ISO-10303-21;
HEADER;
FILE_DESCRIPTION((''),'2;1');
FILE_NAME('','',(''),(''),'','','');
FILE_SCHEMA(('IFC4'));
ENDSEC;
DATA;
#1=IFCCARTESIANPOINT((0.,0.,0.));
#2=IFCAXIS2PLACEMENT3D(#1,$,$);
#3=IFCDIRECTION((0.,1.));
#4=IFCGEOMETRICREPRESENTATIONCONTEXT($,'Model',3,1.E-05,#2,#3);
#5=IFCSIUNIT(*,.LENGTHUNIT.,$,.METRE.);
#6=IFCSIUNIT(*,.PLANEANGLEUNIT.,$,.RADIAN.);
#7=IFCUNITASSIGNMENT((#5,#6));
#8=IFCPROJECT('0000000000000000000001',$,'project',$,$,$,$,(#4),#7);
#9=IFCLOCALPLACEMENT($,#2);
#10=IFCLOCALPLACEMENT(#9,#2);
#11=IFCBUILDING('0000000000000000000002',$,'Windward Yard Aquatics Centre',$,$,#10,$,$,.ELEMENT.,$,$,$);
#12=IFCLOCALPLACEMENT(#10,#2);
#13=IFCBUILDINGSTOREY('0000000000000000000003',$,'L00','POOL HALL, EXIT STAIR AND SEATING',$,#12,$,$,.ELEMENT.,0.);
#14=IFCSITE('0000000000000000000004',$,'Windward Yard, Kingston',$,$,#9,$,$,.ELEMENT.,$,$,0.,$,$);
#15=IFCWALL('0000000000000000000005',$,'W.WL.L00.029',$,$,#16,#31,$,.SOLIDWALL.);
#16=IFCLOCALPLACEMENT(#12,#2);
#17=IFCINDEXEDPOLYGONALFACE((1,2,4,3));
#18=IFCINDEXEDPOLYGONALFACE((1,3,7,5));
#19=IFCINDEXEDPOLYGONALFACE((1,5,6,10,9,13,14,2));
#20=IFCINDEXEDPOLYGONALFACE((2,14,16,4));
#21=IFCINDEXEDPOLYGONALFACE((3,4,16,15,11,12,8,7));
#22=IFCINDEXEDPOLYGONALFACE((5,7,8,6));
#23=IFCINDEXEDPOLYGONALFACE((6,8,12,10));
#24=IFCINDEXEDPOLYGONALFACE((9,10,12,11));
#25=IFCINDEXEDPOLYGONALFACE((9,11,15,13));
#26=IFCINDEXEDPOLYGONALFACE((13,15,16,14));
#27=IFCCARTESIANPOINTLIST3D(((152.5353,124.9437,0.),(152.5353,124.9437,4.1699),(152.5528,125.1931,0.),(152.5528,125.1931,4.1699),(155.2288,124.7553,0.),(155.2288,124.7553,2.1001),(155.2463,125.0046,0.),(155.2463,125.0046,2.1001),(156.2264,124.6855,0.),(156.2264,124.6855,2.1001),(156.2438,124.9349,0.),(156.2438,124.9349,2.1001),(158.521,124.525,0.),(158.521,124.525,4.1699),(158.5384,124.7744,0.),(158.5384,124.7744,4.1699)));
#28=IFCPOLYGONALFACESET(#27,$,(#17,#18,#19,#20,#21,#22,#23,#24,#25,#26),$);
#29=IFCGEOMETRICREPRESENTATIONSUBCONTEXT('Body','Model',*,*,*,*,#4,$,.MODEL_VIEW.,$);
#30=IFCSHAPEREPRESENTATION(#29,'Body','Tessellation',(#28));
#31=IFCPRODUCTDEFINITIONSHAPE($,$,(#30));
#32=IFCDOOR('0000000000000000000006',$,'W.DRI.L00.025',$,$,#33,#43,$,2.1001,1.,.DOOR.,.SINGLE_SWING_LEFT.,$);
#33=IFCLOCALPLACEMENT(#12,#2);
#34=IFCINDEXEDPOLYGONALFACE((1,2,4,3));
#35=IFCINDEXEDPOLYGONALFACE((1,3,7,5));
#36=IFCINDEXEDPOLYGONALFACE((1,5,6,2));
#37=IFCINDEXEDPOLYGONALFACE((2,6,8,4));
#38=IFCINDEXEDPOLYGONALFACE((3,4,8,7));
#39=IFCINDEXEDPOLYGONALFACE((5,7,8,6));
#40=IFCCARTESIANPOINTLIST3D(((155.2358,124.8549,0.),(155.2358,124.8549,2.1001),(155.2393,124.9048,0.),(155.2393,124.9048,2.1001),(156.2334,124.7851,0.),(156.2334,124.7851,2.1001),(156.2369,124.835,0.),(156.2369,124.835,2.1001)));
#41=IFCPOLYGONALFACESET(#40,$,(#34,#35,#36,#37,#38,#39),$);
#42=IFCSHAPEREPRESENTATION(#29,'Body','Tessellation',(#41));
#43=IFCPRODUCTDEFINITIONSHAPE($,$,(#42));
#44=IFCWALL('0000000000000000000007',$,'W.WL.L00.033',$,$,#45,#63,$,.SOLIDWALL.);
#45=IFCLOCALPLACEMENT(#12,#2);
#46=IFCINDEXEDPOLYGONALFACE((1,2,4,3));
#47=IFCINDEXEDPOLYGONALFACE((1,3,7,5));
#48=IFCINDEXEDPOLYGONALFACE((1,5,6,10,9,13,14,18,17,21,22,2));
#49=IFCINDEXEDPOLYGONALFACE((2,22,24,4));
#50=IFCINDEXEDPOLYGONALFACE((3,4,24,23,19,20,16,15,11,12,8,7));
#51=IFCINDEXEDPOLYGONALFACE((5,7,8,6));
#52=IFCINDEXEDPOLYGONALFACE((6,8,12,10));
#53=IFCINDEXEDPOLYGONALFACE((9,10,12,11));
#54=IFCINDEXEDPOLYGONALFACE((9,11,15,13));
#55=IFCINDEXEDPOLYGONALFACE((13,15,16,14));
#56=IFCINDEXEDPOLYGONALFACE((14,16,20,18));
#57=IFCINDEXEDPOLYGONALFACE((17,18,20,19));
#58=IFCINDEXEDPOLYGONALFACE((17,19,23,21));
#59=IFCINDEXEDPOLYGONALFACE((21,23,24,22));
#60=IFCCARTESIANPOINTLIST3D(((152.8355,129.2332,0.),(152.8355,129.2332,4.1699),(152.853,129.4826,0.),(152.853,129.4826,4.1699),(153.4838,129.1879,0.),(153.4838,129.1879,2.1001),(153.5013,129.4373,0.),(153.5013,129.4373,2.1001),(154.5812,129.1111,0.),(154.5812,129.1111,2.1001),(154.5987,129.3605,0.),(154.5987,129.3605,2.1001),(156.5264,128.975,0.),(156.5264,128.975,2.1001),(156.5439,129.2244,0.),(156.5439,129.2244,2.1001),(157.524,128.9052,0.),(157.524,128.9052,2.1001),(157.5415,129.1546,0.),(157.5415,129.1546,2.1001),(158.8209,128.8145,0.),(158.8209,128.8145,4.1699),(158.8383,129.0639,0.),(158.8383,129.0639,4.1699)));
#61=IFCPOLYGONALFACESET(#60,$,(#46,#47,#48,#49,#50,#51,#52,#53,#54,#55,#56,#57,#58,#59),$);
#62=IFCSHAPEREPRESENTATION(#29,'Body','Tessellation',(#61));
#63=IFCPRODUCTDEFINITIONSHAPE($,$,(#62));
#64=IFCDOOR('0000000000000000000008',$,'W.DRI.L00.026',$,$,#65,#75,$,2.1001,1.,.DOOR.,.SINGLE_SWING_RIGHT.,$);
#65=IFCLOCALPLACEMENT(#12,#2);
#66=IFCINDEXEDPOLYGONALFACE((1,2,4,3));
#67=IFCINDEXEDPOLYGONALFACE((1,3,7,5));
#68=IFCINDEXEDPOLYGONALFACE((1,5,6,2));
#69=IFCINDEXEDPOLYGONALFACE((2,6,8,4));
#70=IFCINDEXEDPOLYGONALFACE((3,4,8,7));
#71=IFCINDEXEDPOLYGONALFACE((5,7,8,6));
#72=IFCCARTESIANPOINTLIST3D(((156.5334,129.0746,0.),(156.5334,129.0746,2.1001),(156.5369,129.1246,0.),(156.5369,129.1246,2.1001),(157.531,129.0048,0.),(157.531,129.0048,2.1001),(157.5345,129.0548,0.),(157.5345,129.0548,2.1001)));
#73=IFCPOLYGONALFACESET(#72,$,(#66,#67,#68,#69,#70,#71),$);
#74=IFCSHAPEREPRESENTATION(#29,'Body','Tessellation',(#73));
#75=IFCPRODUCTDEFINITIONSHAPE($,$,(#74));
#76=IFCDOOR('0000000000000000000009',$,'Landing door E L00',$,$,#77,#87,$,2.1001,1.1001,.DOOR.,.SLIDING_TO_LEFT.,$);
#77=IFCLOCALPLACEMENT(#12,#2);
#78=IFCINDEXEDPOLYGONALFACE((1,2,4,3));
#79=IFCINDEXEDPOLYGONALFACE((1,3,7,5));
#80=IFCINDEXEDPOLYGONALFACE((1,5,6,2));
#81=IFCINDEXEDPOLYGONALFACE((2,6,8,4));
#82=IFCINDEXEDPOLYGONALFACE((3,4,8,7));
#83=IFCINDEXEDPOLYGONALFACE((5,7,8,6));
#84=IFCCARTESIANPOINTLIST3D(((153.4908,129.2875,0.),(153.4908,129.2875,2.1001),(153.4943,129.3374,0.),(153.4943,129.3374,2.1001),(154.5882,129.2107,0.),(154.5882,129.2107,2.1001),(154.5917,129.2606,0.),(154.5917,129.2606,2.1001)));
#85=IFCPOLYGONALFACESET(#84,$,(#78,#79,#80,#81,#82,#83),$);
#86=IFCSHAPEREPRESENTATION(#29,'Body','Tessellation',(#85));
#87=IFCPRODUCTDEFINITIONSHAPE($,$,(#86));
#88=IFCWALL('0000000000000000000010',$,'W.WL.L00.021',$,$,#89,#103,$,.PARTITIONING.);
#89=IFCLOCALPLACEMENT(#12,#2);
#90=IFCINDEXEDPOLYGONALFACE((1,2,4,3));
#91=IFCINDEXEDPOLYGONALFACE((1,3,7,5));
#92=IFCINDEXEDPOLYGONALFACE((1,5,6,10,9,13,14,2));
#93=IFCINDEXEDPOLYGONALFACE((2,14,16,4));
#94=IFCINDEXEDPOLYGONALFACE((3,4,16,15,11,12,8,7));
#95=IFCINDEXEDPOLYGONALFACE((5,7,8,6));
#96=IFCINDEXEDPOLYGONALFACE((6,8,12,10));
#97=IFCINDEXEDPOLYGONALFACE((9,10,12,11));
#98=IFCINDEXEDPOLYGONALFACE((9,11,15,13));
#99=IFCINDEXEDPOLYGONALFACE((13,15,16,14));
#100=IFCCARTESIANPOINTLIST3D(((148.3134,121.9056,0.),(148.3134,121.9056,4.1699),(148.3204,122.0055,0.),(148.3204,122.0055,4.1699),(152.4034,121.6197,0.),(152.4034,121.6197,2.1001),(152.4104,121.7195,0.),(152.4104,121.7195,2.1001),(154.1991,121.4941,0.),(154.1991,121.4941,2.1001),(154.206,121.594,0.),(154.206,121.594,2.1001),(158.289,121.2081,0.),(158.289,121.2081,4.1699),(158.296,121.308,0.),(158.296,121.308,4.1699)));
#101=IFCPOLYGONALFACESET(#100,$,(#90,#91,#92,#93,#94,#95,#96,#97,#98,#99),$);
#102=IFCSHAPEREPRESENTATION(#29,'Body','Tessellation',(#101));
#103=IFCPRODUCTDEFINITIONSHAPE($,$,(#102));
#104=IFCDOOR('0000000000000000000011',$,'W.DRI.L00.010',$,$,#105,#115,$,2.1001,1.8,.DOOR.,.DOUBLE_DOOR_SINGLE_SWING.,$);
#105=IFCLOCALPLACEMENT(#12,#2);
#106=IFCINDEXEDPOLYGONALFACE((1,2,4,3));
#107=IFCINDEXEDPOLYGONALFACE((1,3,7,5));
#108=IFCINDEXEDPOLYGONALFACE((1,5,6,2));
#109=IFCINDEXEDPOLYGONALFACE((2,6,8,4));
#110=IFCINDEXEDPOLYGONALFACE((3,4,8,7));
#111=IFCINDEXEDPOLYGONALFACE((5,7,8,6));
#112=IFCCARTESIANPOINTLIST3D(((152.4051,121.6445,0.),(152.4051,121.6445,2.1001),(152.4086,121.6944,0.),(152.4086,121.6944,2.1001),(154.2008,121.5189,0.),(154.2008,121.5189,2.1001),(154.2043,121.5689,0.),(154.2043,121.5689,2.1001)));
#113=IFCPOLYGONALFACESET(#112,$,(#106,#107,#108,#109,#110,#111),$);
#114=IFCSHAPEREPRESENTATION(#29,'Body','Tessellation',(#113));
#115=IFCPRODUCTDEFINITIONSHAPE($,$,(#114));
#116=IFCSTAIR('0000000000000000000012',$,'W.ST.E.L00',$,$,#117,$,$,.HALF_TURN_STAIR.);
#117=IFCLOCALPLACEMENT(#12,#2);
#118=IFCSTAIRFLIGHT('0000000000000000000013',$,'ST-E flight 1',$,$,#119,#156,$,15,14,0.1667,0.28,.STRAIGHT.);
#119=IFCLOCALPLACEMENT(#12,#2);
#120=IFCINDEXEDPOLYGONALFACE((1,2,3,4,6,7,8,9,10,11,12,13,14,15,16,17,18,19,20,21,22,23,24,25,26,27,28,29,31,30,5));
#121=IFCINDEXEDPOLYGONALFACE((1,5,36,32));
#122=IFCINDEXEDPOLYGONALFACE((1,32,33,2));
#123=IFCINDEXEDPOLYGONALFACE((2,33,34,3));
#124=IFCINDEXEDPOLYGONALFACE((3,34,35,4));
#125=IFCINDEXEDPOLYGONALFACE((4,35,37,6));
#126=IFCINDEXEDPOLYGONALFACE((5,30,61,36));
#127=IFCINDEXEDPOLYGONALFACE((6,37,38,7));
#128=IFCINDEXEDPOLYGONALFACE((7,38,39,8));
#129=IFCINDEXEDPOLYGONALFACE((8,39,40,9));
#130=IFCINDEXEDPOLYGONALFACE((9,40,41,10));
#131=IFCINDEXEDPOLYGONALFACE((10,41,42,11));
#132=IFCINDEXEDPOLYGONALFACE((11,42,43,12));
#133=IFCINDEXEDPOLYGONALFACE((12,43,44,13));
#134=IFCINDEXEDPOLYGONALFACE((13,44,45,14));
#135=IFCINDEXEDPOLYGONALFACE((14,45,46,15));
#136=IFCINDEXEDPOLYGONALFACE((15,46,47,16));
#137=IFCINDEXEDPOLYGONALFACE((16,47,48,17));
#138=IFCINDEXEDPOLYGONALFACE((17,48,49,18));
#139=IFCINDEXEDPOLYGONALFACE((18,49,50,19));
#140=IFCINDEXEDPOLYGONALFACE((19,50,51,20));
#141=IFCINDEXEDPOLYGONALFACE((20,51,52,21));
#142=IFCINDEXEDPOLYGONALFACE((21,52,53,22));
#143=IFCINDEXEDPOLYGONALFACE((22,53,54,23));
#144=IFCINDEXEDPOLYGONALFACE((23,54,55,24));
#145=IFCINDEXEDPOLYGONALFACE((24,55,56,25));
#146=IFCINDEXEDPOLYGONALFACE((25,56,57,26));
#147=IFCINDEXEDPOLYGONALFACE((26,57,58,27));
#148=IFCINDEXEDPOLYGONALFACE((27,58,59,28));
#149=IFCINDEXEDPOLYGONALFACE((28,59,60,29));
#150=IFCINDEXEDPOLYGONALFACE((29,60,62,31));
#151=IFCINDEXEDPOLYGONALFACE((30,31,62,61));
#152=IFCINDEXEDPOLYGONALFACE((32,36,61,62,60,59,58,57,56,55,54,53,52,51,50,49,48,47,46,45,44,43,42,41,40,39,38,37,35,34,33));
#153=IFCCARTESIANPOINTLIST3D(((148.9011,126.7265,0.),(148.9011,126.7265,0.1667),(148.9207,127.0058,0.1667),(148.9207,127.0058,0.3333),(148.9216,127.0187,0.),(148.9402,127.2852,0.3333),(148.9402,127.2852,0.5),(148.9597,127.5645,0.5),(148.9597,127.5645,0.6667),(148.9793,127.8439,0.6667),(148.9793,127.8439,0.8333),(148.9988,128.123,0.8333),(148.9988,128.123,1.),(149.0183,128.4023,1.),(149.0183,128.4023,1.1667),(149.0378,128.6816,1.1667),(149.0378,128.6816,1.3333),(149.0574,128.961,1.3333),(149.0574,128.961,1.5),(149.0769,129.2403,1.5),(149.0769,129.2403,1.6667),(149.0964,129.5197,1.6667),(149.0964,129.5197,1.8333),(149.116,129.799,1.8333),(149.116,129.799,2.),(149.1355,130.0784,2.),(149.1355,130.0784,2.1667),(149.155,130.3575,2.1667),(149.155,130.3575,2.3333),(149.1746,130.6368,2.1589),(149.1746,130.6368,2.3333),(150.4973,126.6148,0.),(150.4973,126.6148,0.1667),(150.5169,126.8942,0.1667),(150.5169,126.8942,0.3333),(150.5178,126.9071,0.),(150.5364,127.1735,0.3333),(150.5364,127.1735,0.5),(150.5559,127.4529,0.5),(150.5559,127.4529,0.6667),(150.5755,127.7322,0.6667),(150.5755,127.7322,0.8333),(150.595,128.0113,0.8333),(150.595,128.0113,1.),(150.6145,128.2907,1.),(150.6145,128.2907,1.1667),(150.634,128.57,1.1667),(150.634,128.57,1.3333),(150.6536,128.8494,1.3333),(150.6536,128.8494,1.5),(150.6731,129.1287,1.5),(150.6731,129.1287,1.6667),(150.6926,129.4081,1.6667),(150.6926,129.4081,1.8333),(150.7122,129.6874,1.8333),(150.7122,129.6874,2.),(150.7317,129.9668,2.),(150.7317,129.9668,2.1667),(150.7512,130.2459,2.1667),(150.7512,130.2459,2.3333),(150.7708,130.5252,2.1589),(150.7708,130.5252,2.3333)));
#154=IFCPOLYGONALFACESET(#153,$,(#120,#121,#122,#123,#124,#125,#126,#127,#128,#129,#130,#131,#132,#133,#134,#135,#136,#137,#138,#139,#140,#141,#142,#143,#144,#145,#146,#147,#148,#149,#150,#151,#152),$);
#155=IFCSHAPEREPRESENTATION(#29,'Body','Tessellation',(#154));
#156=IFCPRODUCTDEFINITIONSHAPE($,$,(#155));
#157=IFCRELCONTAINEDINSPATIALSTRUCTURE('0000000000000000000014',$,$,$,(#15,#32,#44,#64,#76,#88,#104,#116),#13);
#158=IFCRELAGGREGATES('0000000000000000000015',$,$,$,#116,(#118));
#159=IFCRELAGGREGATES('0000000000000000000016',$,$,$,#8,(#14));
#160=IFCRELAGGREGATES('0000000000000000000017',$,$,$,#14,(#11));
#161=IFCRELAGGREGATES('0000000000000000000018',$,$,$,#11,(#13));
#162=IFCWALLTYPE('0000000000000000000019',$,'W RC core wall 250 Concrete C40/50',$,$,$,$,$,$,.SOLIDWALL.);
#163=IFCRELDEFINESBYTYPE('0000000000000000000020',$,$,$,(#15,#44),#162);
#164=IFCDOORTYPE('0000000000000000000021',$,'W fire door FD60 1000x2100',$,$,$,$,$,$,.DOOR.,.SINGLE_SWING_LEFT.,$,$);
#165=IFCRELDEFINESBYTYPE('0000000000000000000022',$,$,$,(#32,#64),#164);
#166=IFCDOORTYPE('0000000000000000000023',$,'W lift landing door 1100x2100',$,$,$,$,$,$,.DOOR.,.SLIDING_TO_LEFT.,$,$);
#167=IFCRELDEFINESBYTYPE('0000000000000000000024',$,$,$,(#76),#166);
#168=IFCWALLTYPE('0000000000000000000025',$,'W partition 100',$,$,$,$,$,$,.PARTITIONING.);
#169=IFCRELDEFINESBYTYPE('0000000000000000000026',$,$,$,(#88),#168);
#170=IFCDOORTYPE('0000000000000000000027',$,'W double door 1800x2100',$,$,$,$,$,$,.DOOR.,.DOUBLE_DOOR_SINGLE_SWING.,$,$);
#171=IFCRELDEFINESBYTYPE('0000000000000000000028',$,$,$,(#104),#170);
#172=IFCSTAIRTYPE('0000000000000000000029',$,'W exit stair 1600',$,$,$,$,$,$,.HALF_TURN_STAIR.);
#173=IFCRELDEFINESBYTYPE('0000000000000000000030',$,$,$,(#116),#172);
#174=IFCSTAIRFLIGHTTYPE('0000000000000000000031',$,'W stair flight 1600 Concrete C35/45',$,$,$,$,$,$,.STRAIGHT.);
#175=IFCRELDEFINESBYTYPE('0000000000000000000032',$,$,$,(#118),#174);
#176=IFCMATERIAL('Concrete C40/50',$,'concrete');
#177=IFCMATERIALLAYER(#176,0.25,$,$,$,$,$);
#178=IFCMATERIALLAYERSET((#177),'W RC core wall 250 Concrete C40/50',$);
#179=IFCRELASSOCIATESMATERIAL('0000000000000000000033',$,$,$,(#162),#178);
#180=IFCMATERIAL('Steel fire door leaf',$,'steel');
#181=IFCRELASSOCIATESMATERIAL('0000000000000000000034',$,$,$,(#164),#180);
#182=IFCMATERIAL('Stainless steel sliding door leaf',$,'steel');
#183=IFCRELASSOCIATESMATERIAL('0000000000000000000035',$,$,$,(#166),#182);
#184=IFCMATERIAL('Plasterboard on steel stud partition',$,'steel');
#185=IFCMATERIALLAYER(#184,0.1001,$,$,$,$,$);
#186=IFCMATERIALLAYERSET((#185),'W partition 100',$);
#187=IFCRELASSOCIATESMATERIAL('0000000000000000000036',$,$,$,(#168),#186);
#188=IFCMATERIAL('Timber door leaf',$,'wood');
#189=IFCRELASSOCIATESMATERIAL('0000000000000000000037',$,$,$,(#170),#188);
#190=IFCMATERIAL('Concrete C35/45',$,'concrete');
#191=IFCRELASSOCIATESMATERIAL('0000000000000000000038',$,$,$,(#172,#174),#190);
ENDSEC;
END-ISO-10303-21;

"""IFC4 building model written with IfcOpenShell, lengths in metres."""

from ifc_helpers import new_model, si_unit, direction, frame, frame_2d, origin, place, context, subcontext, project, spatial, polyline, rectangle, outline, extrude, material, layer, layer_set, type_object, element, fill, aggregate, save


model = new_model("IFC4")

# Units and contexts
model_context = context("Model", 3, precision=1e-05, world=origin(), true_north=direction((0.0, 1.0)))
body_context = subcontext(model_context, "Body", "Model", "MODEL_VIEW")
ifc_project = project(units=[si_unit("LENGTHUNIT", "METRE"), si_unit("PLANEANGLEUNIT", "RADIAN")], contexts=[model_context])

# Site, building, storey
site_placement = place(None, origin())
site = spatial("IfcSite", under=ifc_project, at=site_placement, Name="Windward Yard, Kingston", CompositionType="ELEMENT", RefElevation=0.0)
building_placement = place(site_placement, origin())
building = spatial("IfcBuilding", under=site, at=building_placement, Name="Windward Yard Aquatics Centre", CompositionType="ELEMENT")
storey_placement = place(building_placement, origin())
storey = spatial("IfcBuildingStorey", under=building, at=storey_placement, Name="L00", Description="POOL HALL, EXIT STAIR AND SEATING", CompositionType="ELEMENT", Elevation=0.0)

# Shared definitions
ifc_material_1 = material(Name="Concrete C35/45", Category="concrete")

# Shared definitions
ifc_material_2 = material(Name="Concrete C40/50", Category="concrete")
ifc_layer_1 = layer(ifc_material_2, 0.25)
ifc_layer_set_1 = layer_set([ifc_layer_1], Name="W RC core wall 250 Concrete C40/50")
wall_type_1 = type_object("IfcWallType", Name="W RC core wall 250 Concrete C40/50", PredefinedType="SOLIDWALL", material=ifc_layer_set_1)

# Wall, opening, door
ifc_material_3 = material(Name="Steel fire door leaf", Category="steel")
wall_1_placement = place(storey_placement, frame((152.5442, 125.0684, 0.0), z_axis=(0.0, 0.0, 1.0), x_axis=(0.997562, -0.069781, 0.0)))
wall_1 = element("IfcWall", 1, at=wall_1_placement, inside=storey, type_object=wall_type_1, Name="W.WL.L00.029", PredefinedType="SOLIDWALL", context=body_context, shape_type="SweptSolid", body=[
    extrude(rectangle(XDim=6.0002, YDim=0.25, at=frame_2d((3.0, 0.0))), origin(), (0.0, 0.0, 1.0), 4.1699),
])
opening_1_placement = place(wall_1_placement, frame((2.7, 0.0, 0.0)))
opening_1 = element("IfcOpeningElement", 2, at=opening_1_placement, cuts=wall_1, PredefinedType="OPENING", context=body_context, shape_type="SweptSolid", body=[
    extrude(rectangle(XDim=1.0, YDim=2.1001, at=frame_2d((0.5, 1.05))), frame((0.0, 0.135, 0.0), z_axis=(0.0, -1.0, 0.0), x_axis=(1.0, 0.0, 0.0)), (0.0, 0.0, 1.0), 0.27),
])
door_type_1 = type_object("IfcDoorType", Name="W fire door FD60 1000x2100", OperationType="SINGLE_SWING_LEFT", PredefinedType="DOOR", material=ifc_material_3)
door_1_placement = place(opening_1_placement, origin())
door_1 = element("IfcDoor", 3, at=door_1_placement, inside=storey, type_object=door_type_1, Name="W.DRI.L00.025", OperationType="SINGLE_SWING_LEFT", OverallHeight=2.1001, OverallWidth=1.0, PredefinedType="DOOR", context=body_context, shape_type="SweptSolid", body=[
    extrude(rectangle(XDim=1.0, YDim=2.1001, at=frame_2d((0.5, 1.05))), frame((0.0, 0.0249, 0.0), z_axis=(0.0, -1.0, 0.0), x_axis=(1.0, 0.0, 0.0)), (0.0, 0.0, 1.0), 0.05),
])
fill(opening_1, door_1)

# Wall, openings, doors
wall_2_placement = place(storey_placement, frame((152.8442, 129.3579, 0.0), z_axis=(0.0, 0.0, 1.0), x_axis=(0.997562, -0.069784, 0.0)))
wall_2 = element("IfcWall", 4, at=wall_2_placement, inside=storey, type_object=wall_type_1, Name="W.WL.L00.033", PredefinedType="SOLIDWALL", context=body_context, shape_type="SweptSolid", body=[
    extrude(rectangle(XDim=6.0, YDim=0.25, at=frame_2d((3.0, 0.0))), origin(), (0.0, 0.0, 1.0), 4.1699),
])
opening_2_placement = place(wall_2_placement, frame((3.7, 0.0, 0.0)))
opening_2 = element("IfcOpeningElement", 5, at=opening_2_placement, cuts=wall_2, PredefinedType="OPENING", context=body_context, shape_type="SweptSolid", body=[
    extrude(rectangle(XDim=1.0, YDim=2.1001, at=frame_2d((0.5, 1.05))), frame((0.0, 0.135, 0.0), z_axis=(0.0, -1.0, 0.0), x_axis=(1.0, 0.0, 0.0)), (0.0, 0.0, 1.0), 0.27),
])
opening_3_placement = place(wall_2_placement, frame((0.6499, 0.0, 0.0)))
opening_3 = element("IfcOpeningElement", 6, at=opening_3_placement, cuts=wall_2, PredefinedType="OPENING", context=body_context, shape_type="SweptSolid", body=[
    extrude(rectangle(XDim=1.1001, YDim=2.1001, at=frame_2d((0.55, 1.05))), frame((0.0, 0.135, 0.0), z_axis=(0.0, -1.0, 0.0), x_axis=(1.0, 0.0, 0.0)), (0.0, 0.0, 1.0), 0.27),
])
door_2_placement = place(opening_2_placement, origin())
door_2 = element("IfcDoor", 7, at=door_2_placement, inside=storey, type_object=door_type_1, Name="W.DRI.L00.026", OperationType="SINGLE_SWING_RIGHT", OverallHeight=2.1001, OverallWidth=1.0, PredefinedType="DOOR", context=body_context, shape_type="SweptSolid", body=[
    extrude(rectangle(XDim=1.0, YDim=2.1001, at=frame_2d((0.5, 1.05))), frame((0.0, 0.0249, 0.0), z_axis=(0.0, -1.0, 0.0), x_axis=(1.0, 0.0, 0.0)), (0.0, 0.0, 1.0), 0.05),
])
fill(opening_2, door_2)
ifc_material_4 = material(Name="Stainless steel sliding door leaf", Category="steel")
door_type_2 = type_object("IfcDoorType", Name="W lift landing door 1100x2100", OperationType="SLIDING_TO_LEFT", PredefinedType="DOOR", material=ifc_material_4)
door_3_placement = place(opening_3_placement, origin())
door_3 = element("IfcDoor", 8, at=door_3_placement, inside=storey, type_object=door_type_2, Name="Landing door E L00", OperationType="SLIDING_TO_LEFT", OverallHeight=2.1001, OverallWidth=1.1001, PredefinedType="DOOR", context=body_context, shape_type="SweptSolid", body=[
    extrude(rectangle(XDim=1.1001, YDim=2.1001, at=frame_2d((0.55, 1.05))), frame((0.0, 0.0249, 0.0), z_axis=(0.0, -1.0, 0.0), x_axis=(1.0, 0.0, 0.0)), (0.0, 0.0, 1.0), 0.05),
])
fill(opening_3, door_3)

# Wall, opening, door
ifc_material_5 = material(Name="Plasterboard on steel stud partition", Category="steel")
ifc_layer_2 = layer(ifc_material_5, 0.1001)
ifc_layer_set_2 = layer_set([ifc_layer_2], Name="W partition 100")
wall_type_2 = type_object("IfcWallType", Name="W partition 100", PredefinedType="PARTITIONING", material=ifc_layer_set_2)
wall_3_placement = place(storey_placement, frame((148.3169, 121.9556, 0.0), z_axis=(0.0, 0.0, 1.0), x_axis=(0.997564, -0.069751, 0.0)))
wall_3 = element("IfcWall", 9, at=wall_3_placement, inside=storey, type_object=wall_type_2, Name="W.WL.L00.021", PredefinedType="PARTITIONING", context=body_context, shape_type="SweptSolid", body=[
    extrude(rectangle(XDim=10.0, YDim=0.1001, at=frame_2d((5.0, 0.0))), origin(), (0.0, 0.0, 1.0), 4.1699),
])
opening_4_placement = place(wall_3_placement, frame((4.1001, 0.0, 0.0)))
opening_4 = element("IfcOpeningElement", 10, at=opening_4_placement, cuts=wall_3, PredefinedType="OPENING", context=body_context, shape_type="SweptSolid", body=[
    extrude(rectangle(XDim=1.8, YDim=2.1001, at=frame_2d((0.8999, 1.05))), frame((0.0, 0.0601, 0.0), z_axis=(0.0, -1.0, 0.0), x_axis=(1.0, 0.0, 0.0)), (0.0, 0.0, 1.0), 0.1201),
])
ifc_material_6 = material(Name="Timber door leaf", Category="wood")
door_type_3 = type_object("IfcDoorType", Name="W double door 1800x2100", OperationType="DOUBLE_DOOR_SINGLE_SWING", PredefinedType="DOOR", material=ifc_material_6)
door_4_placement = place(opening_4_placement, origin())
door_4 = element("IfcDoor", 11, at=door_4_placement, inside=storey, type_object=door_type_3, Name="W.DRI.L00.010", OperationType="DOUBLE_DOOR_SINGLE_SWING", OverallHeight=2.1001, OverallWidth=1.8, PredefinedType="DOOR", context=body_context, shape_type="SweptSolid", body=[
    extrude(rectangle(XDim=1.8, YDim=2.1001, at=frame_2d((0.8999, 1.05))), frame((0.0, 0.0249, 0.0), z_axis=(0.0, -1.0, 0.0), x_axis=(1.0, 0.0, 0.0)), (0.0, 0.0, 1.0), 0.05),
])
fill(opening_4, door_4)

# Stair, stair flight
stair_type = type_object("IfcStairType", Name="W exit stair 1600", PredefinedType="HALF_TURN_STAIR", material=ifc_material_1)
stair_placement = place(storey_placement, origin())
stair = element("IfcStair", 12, at=stair_placement, inside=storey, type_object=stair_type, Name="W.ST.E.L00", PredefinedType="HALF_TURN_STAIR")
stair_flight_type = type_object("IfcStairFlightType", Name="W stair flight 1600 Concrete C35/45", PredefinedType="STRAIGHT", material=ifc_material_1)
stair_flight_1_placement = place(storey_placement, frame((149.6992, 126.6707, 0.0), z_axis=(0.0, 0.0, 1.0), x_axis=(0.069756, 0.997564, 0.0)))
stair_flight_1 = element("IfcStairFlight", 13, at=stair_flight_1_placement, type_object=stair_flight_type, Name="ST-E flight 1", NumberOfRisers=15, NumberOfTreads=14, PredefinedType="STRAIGHT", RiserHeight=0.1667, TreadLength=0.28, context=body_context, shape_type="SweptSolid", body=[
    extrude(outline(polyline([(0.0, 0.0), (0.0, 0.1667), (0.28, 0.1667), (0.28, 0.3333), (0.5601, 0.3333), (0.5601, 0.5), (0.8401, 0.5), (0.8401, 0.6667), (1.1201, 0.6667), (1.1201, 0.8333), (1.3999, 0.8333), (1.3999, 1.0), (1.6799, 1.0), (1.6799, 1.1667), (1.96, 1.1667), (1.96, 1.3333), (2.24, 1.3333), (2.24, 1.5), (2.52, 1.5), (2.52, 1.6667), (2.8, 1.6667), (2.8, 1.8333), (3.0801, 1.8333), (3.0801, 2.0), (3.3601, 2.0), (3.3601, 2.1667), (3.6399, 2.1667), (3.6399, 2.3333), (3.9199, 2.3333), (3.9199, 2.5), (3.9199, 2.1589), (0.293, 0.0), (0.0, 0.0)])), frame((0.0, 0.8, 0.0), z_axis=(0.0, -1.0, 0.0), x_axis=(1.0, 0.0, 0.0)), (0.0, 0.0, 1.0), 1.6001),
])
aggregate(stair, [stair_flight_1])

save(model, "model.ifc")
